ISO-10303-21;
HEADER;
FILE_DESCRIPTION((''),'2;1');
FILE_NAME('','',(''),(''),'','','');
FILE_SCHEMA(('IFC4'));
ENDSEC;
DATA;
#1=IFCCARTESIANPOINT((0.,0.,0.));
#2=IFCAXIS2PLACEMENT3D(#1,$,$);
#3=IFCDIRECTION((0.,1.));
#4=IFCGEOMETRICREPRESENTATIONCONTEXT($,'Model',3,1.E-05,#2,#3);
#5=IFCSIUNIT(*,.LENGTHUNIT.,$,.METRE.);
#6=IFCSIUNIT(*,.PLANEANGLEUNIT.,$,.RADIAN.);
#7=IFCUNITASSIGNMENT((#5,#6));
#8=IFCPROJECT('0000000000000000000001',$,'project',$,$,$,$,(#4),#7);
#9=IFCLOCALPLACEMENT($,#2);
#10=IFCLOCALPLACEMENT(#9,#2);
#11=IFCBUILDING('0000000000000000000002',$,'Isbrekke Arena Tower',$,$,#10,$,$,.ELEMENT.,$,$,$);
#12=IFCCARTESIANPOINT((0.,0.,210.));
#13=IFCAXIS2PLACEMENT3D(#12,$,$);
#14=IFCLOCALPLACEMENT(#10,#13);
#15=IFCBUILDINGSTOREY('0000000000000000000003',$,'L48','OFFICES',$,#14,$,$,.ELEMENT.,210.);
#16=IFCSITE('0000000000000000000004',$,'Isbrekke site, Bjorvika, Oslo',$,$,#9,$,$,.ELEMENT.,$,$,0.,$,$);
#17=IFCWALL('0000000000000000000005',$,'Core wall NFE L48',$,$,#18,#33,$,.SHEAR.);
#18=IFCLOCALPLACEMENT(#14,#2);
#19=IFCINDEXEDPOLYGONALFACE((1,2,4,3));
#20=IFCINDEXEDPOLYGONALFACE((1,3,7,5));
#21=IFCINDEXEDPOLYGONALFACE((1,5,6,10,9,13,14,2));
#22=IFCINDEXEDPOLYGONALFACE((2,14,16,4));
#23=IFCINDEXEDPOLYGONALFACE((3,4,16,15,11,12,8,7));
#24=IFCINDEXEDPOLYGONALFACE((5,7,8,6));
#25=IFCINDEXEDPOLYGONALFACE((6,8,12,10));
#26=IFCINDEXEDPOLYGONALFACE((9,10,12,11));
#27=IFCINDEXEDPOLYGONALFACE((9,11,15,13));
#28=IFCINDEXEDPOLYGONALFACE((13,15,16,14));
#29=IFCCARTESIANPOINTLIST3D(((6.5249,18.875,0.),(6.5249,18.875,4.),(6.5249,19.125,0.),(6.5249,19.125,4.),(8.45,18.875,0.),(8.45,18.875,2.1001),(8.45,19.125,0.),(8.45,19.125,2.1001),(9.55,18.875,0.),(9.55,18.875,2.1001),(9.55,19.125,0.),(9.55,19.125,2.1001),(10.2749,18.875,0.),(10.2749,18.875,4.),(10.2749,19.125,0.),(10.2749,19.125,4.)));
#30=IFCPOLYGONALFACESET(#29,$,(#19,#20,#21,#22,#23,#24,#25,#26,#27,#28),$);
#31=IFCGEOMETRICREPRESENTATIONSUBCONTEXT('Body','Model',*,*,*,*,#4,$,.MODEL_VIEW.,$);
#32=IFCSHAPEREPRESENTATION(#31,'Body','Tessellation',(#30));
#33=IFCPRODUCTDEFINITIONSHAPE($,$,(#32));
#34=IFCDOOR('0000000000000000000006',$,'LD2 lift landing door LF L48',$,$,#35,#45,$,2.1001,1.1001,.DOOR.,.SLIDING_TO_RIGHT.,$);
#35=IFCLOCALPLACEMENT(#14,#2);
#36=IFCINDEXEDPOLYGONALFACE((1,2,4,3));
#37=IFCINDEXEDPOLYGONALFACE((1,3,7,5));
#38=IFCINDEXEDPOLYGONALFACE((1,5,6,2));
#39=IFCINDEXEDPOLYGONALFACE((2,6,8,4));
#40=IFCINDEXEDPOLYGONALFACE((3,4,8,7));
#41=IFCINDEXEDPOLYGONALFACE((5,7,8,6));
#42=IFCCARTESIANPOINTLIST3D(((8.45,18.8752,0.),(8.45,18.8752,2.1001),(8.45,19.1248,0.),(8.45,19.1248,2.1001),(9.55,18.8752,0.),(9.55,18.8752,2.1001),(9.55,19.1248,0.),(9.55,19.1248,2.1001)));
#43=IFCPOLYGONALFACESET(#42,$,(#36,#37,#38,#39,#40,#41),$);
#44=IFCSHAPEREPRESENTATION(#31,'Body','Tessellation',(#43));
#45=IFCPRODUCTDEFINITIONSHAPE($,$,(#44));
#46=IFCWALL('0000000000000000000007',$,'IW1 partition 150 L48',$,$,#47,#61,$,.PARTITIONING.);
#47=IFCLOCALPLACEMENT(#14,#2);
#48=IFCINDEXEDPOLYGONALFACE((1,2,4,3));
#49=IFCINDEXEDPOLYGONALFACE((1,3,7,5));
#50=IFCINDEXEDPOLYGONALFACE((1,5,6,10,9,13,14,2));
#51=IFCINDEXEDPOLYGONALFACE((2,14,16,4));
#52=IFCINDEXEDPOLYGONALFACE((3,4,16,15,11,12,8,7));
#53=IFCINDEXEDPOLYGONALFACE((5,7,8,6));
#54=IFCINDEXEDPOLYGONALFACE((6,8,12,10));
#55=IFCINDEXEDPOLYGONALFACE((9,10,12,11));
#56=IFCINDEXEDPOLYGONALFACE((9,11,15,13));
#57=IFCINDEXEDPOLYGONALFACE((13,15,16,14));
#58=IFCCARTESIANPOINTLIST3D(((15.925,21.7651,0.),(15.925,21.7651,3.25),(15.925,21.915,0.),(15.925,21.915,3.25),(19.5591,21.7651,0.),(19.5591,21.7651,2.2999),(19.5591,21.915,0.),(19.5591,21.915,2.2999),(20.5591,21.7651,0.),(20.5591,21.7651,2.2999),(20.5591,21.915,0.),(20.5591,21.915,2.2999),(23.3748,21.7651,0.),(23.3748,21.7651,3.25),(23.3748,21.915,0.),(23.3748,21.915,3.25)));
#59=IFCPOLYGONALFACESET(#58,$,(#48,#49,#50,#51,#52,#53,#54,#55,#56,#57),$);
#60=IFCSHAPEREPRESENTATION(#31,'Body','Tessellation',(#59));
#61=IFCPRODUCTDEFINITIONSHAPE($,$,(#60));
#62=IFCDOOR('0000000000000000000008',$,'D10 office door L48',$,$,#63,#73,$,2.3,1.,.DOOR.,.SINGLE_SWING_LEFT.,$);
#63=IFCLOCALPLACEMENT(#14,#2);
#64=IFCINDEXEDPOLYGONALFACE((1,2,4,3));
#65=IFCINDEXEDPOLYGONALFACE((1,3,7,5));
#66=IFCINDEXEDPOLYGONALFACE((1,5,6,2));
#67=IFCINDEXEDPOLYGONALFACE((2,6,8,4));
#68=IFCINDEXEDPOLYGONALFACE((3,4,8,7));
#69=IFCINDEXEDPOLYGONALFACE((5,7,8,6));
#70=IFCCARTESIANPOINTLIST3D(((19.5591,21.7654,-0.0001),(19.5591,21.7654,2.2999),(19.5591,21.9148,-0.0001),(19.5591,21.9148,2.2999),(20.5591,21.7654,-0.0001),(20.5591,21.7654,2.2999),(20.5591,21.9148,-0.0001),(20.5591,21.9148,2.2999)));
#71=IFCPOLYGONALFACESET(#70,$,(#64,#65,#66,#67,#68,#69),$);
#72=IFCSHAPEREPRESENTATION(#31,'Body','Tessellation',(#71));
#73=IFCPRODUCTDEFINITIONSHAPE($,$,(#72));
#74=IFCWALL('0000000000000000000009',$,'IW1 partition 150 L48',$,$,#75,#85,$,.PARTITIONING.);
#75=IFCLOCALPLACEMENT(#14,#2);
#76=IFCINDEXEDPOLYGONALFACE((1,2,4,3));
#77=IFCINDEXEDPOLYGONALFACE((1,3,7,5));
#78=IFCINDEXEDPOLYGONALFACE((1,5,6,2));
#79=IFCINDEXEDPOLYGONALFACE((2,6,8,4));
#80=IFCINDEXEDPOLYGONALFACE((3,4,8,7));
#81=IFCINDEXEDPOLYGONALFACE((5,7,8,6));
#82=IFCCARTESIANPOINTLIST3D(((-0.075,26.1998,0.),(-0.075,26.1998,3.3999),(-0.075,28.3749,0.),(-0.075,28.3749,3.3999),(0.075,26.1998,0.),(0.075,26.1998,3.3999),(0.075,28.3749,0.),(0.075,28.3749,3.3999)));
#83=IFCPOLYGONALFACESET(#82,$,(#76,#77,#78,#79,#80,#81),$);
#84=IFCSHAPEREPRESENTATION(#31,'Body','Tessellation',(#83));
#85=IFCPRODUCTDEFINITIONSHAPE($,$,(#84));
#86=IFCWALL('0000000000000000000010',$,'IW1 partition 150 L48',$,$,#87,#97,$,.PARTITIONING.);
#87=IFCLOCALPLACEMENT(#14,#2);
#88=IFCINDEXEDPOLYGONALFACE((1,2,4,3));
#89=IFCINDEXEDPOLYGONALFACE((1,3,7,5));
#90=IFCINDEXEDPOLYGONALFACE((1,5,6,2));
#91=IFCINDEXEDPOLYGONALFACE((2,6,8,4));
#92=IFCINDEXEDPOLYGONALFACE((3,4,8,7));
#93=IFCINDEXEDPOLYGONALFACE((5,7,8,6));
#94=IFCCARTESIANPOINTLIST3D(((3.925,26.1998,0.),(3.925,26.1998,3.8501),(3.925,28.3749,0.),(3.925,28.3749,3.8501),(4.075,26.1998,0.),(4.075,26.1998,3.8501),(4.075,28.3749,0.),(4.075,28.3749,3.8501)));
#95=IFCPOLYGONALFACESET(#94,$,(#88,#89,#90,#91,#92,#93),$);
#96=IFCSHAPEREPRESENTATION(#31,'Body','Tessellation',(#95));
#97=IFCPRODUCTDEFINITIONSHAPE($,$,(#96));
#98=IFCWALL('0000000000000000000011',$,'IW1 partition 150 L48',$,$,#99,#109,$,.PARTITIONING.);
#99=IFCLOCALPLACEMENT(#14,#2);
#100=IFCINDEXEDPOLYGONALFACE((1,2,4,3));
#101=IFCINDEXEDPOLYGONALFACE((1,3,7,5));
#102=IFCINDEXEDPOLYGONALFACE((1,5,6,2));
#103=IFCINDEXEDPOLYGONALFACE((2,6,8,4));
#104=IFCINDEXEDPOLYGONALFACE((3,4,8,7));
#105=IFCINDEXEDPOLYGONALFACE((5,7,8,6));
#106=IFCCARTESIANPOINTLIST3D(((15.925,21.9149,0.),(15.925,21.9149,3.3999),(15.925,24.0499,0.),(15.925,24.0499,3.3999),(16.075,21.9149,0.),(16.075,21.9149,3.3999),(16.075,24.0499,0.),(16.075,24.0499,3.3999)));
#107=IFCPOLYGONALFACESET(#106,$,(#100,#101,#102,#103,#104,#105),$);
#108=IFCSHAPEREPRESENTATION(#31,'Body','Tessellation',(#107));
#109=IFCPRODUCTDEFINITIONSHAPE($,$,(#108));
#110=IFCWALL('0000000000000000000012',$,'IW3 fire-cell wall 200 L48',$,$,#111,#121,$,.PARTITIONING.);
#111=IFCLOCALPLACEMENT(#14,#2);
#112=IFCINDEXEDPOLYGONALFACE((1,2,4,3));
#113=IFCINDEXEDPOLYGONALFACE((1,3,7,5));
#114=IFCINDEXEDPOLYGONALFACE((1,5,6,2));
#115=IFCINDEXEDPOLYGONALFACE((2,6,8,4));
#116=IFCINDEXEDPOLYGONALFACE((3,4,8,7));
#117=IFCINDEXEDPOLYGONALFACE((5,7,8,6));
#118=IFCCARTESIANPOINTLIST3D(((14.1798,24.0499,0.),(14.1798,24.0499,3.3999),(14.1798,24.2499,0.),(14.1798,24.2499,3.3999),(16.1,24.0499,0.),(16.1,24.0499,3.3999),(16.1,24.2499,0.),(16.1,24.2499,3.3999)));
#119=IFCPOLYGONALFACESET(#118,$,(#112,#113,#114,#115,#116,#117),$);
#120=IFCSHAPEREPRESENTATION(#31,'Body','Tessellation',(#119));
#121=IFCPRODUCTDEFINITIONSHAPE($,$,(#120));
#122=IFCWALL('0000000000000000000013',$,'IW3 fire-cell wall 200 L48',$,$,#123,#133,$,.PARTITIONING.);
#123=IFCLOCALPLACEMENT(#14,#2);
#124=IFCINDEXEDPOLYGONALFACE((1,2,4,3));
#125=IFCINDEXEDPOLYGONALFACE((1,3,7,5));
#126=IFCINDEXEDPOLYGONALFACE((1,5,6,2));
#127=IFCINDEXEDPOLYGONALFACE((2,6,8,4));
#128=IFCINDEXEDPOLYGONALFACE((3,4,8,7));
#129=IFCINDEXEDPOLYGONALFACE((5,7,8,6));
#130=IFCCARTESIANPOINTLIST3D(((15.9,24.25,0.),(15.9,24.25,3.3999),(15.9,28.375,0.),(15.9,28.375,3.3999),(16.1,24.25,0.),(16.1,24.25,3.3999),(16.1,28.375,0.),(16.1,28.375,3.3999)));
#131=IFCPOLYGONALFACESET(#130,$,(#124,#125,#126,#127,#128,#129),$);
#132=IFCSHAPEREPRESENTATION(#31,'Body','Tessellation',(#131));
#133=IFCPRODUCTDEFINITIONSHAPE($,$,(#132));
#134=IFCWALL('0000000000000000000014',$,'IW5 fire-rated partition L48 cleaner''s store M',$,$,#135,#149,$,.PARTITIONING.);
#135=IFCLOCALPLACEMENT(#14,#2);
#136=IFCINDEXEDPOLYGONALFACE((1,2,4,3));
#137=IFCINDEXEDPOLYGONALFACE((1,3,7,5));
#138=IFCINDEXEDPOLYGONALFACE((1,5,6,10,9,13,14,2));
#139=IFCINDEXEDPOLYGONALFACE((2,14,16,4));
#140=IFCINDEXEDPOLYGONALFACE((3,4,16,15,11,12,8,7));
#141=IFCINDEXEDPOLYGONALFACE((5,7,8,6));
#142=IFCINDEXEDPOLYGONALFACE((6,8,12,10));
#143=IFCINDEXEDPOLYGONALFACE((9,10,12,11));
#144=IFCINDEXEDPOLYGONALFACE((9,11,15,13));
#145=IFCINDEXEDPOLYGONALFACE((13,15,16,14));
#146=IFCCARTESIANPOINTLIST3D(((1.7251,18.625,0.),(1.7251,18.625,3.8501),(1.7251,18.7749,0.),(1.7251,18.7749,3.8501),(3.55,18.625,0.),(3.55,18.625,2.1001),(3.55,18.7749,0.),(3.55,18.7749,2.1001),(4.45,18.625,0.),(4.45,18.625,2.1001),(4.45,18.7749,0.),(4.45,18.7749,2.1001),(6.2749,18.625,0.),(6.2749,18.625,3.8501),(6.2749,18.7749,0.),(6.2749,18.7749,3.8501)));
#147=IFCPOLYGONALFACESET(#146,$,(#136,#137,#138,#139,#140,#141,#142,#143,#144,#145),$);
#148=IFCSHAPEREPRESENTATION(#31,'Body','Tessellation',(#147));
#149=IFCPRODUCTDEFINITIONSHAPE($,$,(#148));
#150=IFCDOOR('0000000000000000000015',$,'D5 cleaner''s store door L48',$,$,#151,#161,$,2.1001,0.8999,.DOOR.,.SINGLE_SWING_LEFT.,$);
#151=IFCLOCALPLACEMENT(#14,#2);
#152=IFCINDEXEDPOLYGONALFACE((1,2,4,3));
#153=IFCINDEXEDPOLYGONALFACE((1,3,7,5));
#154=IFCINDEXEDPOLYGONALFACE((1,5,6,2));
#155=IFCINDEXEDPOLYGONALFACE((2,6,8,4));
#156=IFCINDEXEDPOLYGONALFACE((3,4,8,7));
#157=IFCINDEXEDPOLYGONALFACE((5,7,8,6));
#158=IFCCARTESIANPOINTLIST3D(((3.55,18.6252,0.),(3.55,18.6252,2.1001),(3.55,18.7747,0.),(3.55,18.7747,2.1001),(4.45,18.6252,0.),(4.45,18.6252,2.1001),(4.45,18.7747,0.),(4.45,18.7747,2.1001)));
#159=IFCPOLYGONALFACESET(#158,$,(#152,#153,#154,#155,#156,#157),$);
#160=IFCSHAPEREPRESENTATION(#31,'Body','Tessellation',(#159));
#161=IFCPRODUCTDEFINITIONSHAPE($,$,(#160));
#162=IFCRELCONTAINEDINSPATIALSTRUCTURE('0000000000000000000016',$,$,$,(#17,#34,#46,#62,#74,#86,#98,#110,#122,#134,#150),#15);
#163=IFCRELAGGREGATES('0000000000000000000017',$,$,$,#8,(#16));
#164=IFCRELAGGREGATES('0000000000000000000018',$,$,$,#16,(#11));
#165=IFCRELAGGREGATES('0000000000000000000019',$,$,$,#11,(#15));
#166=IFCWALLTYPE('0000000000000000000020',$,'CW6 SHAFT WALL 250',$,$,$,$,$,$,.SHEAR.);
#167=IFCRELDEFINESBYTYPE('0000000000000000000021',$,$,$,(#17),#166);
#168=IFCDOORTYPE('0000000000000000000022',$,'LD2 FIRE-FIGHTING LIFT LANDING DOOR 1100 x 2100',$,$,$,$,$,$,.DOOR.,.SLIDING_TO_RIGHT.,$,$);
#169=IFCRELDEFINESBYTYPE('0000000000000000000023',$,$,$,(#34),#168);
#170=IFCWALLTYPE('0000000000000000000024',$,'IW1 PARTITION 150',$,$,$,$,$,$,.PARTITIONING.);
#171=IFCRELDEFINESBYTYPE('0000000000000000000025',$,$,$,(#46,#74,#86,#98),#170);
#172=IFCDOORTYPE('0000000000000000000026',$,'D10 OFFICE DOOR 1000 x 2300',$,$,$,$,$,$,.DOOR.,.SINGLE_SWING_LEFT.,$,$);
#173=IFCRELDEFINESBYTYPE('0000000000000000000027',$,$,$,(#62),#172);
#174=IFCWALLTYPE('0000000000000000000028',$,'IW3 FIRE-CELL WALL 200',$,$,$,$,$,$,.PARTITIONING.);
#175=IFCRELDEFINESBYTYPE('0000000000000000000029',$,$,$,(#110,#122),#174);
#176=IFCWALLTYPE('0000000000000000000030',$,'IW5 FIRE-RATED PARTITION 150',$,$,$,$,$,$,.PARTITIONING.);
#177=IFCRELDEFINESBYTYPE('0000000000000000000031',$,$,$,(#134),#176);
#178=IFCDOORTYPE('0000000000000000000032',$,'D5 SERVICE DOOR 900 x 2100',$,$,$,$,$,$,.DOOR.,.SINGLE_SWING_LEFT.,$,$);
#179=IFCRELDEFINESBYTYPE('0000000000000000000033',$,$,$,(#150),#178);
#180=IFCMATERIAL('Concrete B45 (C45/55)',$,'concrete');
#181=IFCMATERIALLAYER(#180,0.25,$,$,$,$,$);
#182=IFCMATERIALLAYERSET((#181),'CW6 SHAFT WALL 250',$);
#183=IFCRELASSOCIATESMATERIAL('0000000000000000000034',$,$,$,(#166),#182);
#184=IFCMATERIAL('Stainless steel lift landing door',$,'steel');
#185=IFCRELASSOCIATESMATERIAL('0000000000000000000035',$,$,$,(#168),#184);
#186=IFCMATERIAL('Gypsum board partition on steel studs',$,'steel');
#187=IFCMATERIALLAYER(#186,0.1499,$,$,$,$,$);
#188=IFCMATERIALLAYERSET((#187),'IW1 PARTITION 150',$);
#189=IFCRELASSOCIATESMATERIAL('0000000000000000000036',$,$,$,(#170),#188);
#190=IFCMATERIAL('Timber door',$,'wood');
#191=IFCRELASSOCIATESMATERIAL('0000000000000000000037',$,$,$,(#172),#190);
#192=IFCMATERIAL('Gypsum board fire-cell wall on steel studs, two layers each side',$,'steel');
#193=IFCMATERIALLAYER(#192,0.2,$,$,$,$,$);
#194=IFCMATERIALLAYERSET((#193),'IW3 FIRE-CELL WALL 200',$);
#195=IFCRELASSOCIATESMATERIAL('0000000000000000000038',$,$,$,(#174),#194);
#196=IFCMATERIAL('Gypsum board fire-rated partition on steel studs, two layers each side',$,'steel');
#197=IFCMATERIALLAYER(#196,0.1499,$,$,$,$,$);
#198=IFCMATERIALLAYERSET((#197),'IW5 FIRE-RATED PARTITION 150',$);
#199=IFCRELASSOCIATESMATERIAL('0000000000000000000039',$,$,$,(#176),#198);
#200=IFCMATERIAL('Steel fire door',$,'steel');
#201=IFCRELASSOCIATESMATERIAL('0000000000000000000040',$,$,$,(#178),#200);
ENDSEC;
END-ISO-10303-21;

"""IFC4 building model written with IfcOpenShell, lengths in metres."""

from ifc_helpers import new_model, si_unit, direction, frame, frame_2d, origin, place, context, subcontext, project, spatial, rectangle, extrude, material, layer, layer_set, type_object, element, fill, save


model = new_model("IFC4")

# Units and contexts
model_context = context("Model", 3, precision=1e-05, world=origin(), true_north=direction((0.0, 1.0)))
body_context = subcontext(model_context, "Body", "Model", "MODEL_VIEW")
ifc_project = project(units=[si_unit("LENGTHUNIT", "METRE"), si_unit("PLANEANGLEUNIT", "RADIAN")], contexts=[model_context])

# Site, building, storey
site_placement = place(None, origin())
site = spatial("IfcSite", under=ifc_project, at=site_placement, Name="Isbrekke site, Bjorvika, Oslo", CompositionType="ELEMENT", RefElevation=0.0)
building_placement = place(site_placement, origin())
building = spatial("IfcBuilding", under=site, at=building_placement, Name="Isbrekke Arena Tower", CompositionType="ELEMENT")
storey_placement = place(building_placement, frame((0.0, 0.0, 210.0)))
storey = spatial("IfcBuildingStorey", under=building, at=storey_placement, Name="L48", Description="OFFICES", CompositionType="ELEMENT", Elevation=210.0)

# Walls, openings, doors
ifc_material_1 = material(Name="Concrete B45 (C45/55)", Category="concrete")
ifc_layer_1 = layer(ifc_material_1, 0.25)
ifc_layer_set_1 = layer_set([ifc_layer_1], Name="CW6 SHAFT WALL 250")
wall_type_1 = type_object("IfcWallType", Name="CW6 SHAFT WALL 250", PredefinedType="SHEAR", material=ifc_layer_set_1)
wall_1_placement = place(storey_placement, frame((6.5249, 19.0, 0.0), z_axis=(0.0, 0.0, 1.0), x_axis=(1.0, 0.0, 0.0)))
wall_1 = element("IfcWall", 1, at=wall_1_placement, inside=storey, type_object=wall_type_1, Name="Core wall NFE L48", PredefinedType="SHEAR", context=body_context, shape_type="SweptSolid", body=[
    extrude(rectangle(XDim=3.75, YDim=0.25, at=frame_2d((1.875, 0.0))), origin(), (0.0, 0.0, 1.0), 4.0),
])
opening_1_placement = place(wall_1_placement, frame((1.925, 0.0, 0.0)))
opening_1 = element("IfcOpeningElement", 2, at=opening_1_placement, cuts=wall_1, PredefinedType="OPENING", context=body_context, shape_type="SweptSolid", body=[
    extrude(rectangle(XDim=1.1001, YDim=2.1001, at=frame_2d((0.55, 1.05))), frame((0.0, 0.1399, 0.0), z_axis=(0.0, -1.0, 0.0), x_axis=(1.0, 0.0, 0.0)), (0.0, 0.0, 1.0), 0.2798),
])
ifc_material_2 = material(Name="Stainless steel lift landing door", Category="steel")
door_type_1 = type_object("IfcDoorType", Name="LD2 FIRE-FIGHTING LIFT LANDING DOOR 1100 x 2100", OperationType="SLIDING_TO_RIGHT", PredefinedType="DOOR", material=ifc_material_2)
door_1_placement = place(opening_1_placement, origin())
door_1 = element("IfcDoor", 3, at=door_1_placement, inside=storey, type_object=door_type_1, Name="LD2 lift landing door LF L48", OperationType="SLIDING_TO_RIGHT", OverallHeight=2.1001, OverallWidth=1.1001, PredefinedType="DOOR", context=body_context, shape_type="SweptSolid", body=[
    extrude(rectangle(XDim=1.1001, YDim=2.1001, at=frame_2d((0.55, 1.05))), frame((0.0, 0.1248, 0.0), z_axis=(0.0, -1.0, 0.0), x_axis=(1.0, 0.0, 0.0)), (0.0, 0.0, 1.0), 0.2495),
])
fill(opening_1, door_1)
ifc_material_3 = material(Name="Gypsum board partition on steel studs", Category="steel")
ifc_layer_2 = layer(ifc_material_3, 0.1499)
ifc_layer_set_2 = layer_set([ifc_layer_2], Name="IW1 PARTITION 150")
wall_type_2 = type_object("IfcWallType", Name="IW1 PARTITION 150", PredefinedType="PARTITIONING", material=ifc_layer_set_2)
wall_2_placement = place(storey_placement, frame((15.925, 21.8401, 0.0), z_axis=(0.0, 0.0, 1.0), x_axis=(1.0, 0.0, 0.0)))
wall_2 = element("IfcWall", 4, at=wall_2_placement, inside=storey, type_object=wall_type_2, Name="IW1 partition 150 L48", PredefinedType="PARTITIONING", context=body_context, shape_type="SweptSolid", body=[
    extrude(rectangle(XDim=7.4497, YDim=0.1499, at=frame_2d((3.7249, 0.0))), origin(), (0.0, 0.0, 1.0), 3.25),
])
opening_2_placement = place(wall_2_placement, frame((3.634, 0.0, 0.0)))
opening_2 = element("IfcOpeningElement", 5, at=opening_2_placement, cuts=wall_2, PredefinedType="OPENING", context=body_context, shape_type="SweptSolid", body=[
    extrude(rectangle(XDim=1.0, YDim=2.3, at=frame_2d((0.5, 1.1499))), frame((0.0, 0.0898, 0.0), z_axis=(0.0, -1.0, 0.0), x_axis=(1.0, 0.0, 0.0)), (0.0, 0.0, 1.0), 0.1797),
])
ifc_material_4 = material(Name="Timber door", Category="wood")
door_type_2 = type_object("IfcDoorType", Name="D10 OFFICE DOOR 1000 x 2300", OperationType="SINGLE_SWING_LEFT", PredefinedType="DOOR", material=ifc_material_4)
door_2_placement = place(opening_2_placement, origin())
door_2 = element("IfcDoor", 6, at=door_2_placement, inside=storey, type_object=door_type_2, Name="D10 office door L48", OperationType="SINGLE_SWING_LEFT", OverallHeight=2.3, OverallWidth=1.0, PredefinedType="DOOR", context=body_context, shape_type="SweptSolid", body=[
    extrude(rectangle(XDim=1.0, YDim=2.3, at=frame_2d((0.5, 1.1499))), frame((0.0, 0.0747, 0.0), z_axis=(0.0, -1.0, 0.0), x_axis=(1.0, 0.0, 0.0)), (0.0, 0.0, 1.0), 0.1494),
])
fill(opening_2, door_2)

# Walls
wall_3_placement = place(storey_placement, frame((0.0, 26.2, 0.0), z_axis=(0.0, 0.0, 1.0), x_axis=(0.0, 1.0, 0.0)))
element("IfcWall", 7, at=wall_3_placement, inside=storey, type_object=wall_type_2, Name="IW1 partition 150 L48", PredefinedType="PARTITIONING", context=body_context, shape_type="SweptSolid", body=[
    extrude(rectangle(XDim=2.175, YDim=0.1499, at=frame_2d((1.0874, 0.0))), origin(), (0.0, 0.0, 1.0), 3.3999),
])
wall_4_placement = place(storey_placement, frame((4.0, 26.2, 0.0), z_axis=(0.0, 0.0, 1.0), x_axis=(0.0, 1.0, 0.0)))
element("IfcWall", 8, at=wall_4_placement, inside=storey, type_object=wall_type_2, Name="IW1 partition 150 L48", PredefinedType="PARTITIONING", context=body_context, shape_type="SweptSolid", body=[
    extrude(rectangle(XDim=2.175, YDim=0.1499, at=frame_2d((1.0874, 0.0))), origin(), (0.0, 0.0, 1.0), 3.8501),
])
wall_5_placement = place(storey_placement, frame((16.0, 21.915, 0.0), z_axis=(0.0, 0.0, 1.0), x_axis=(0.0, 1.0, 0.0)))
element("IfcWall", 9, at=wall_5_placement, inside=storey, type_object=wall_type_2, Name="IW1 partition 150 L48", PredefinedType="PARTITIONING", context=body_context, shape_type="SweptSolid", body=[
    extrude(rectangle(XDim=2.135, YDim=0.1499, at=frame_2d((1.0674, 0.0))), origin(), (0.0, 0.0, 1.0), 3.3999),
])
ifc_material_5 = material(Name="Gypsum board fire-cell wall on steel studs, two layers each side", Category="steel")
ifc_layer_3 = layer(ifc_material_5, 0.2)
ifc_layer_set_3 = layer_set([ifc_layer_3], Name="IW3 FIRE-CELL WALL 200")
wall_type_3 = type_object("IfcWallType", Name="IW3 FIRE-CELL WALL 200", PredefinedType="PARTITIONING", material=ifc_layer_set_3)
wall_6_placement = place(storey_placement, frame((14.1799, 24.1499, 0.0), z_axis=(0.0, 0.0, 1.0), x_axis=(1.0, 0.0, 0.0)))
element("IfcWall", 10, at=wall_6_placement, inside=storey, type_object=wall_type_3, Name="IW3 fire-cell wall 200 L48", PredefinedType="PARTITIONING", context=body_context, shape_type="SweptSolid", body=[
    extrude(rectangle(XDim=1.9202, YDim=0.2, at=frame_2d((0.96, 0.0))), origin(), (0.0, 0.0, 1.0), 3.3999),
])
wall_7_placement = place(storey_placement, frame((16.0, 24.25, 0.0), z_axis=(0.0, 0.0, 1.0), x_axis=(0.0, 1.0, 0.0)))
element("IfcWall", 11, at=wall_7_placement, inside=storey, type_object=wall_type_3, Name="IW3 fire-cell wall 200 L48", PredefinedType="PARTITIONING", context=body_context, shape_type="SweptSolid", body=[
    extrude(rectangle(XDim=4.125, YDim=0.2, at=frame_2d((2.0625, 0.0))), origin(), (0.0, 0.0, 1.0), 3.3999),
])

# Wall, opening, door
ifc_material_6 = material(Name="Gypsum board fire-rated partition on steel studs, two layers each side", Category="steel")
ifc_layer_4 = layer(ifc_material_6, 0.1499)
ifc_layer_set_4 = layer_set([ifc_layer_4], Name="IW5 FIRE-RATED PARTITION 150")
wall_type_4 = type_object("IfcWallType", Name="IW5 FIRE-RATED PARTITION 150", PredefinedType="PARTITIONING", material=ifc_layer_set_4)
wall_8_placement = place(storey_placement, frame((1.7251, 18.7, 0.0), z_axis=(0.0, 0.0, 1.0), x_axis=(1.0, 0.0, 0.0)))
wall_8 = element("IfcWall", 12, at=wall_8_placement, inside=storey, type_object=wall_type_4, Name="IW5 fire-rated partition L48 cleaner's store M", PredefinedType="PARTITIONING", context=body_context, shape_type="SweptSolid", body=[
    extrude(rectangle(XDim=4.5498, YDim=0.1499, at=frame_2d((2.2749, 0.0))), origin(), (0.0, 0.0, 1.0), 3.8501),
])
opening_3_placement = place(wall_8_placement, frame((1.825, 0.0, 0.0)))
opening_3 = element("IfcOpeningElement", 13, at=opening_3_placement, cuts=wall_8, PredefinedType="OPENING", context=body_context, shape_type="SweptSolid", body=[
    extrude(rectangle(XDim=0.8999, YDim=2.1001, at=frame_2d((0.45, 1.05))), frame((0.0, 0.0898, 0.0), z_axis=(0.0, -1.0, 0.0), x_axis=(1.0, 0.0, 0.0)), (0.0, 0.0, 1.0), 0.1797),
])
ifc_material_7 = material(Name="Steel fire door", Category="steel")
door_type_3 = type_object("IfcDoorType", Name="D5 SERVICE DOOR 900 x 2100", OperationType="SINGLE_SWING_LEFT", PredefinedType="DOOR", material=ifc_material_7)
door_3_placement = place(opening_3_placement, origin())
door_3 = element("IfcDoor", 14, at=door_3_placement, inside=storey, type_object=door_type_3, Name="D5 cleaner's store door L48", OperationType="SINGLE_SWING_LEFT", OverallHeight=2.1001, OverallWidth=0.8999, PredefinedType="DOOR", context=body_context, shape_type="SweptSolid", body=[
    extrude(rectangle(XDim=0.8999, YDim=2.1001, at=frame_2d((0.45, 1.05))), frame((0.0, 0.0747, 0.0), z_axis=(0.0, -1.0, 0.0), x_axis=(1.0, 0.0, 0.0)), (0.0, 0.0, 1.0), 0.1494),
])
fill(opening_3, door_3)

save(model, "model.ifc")
